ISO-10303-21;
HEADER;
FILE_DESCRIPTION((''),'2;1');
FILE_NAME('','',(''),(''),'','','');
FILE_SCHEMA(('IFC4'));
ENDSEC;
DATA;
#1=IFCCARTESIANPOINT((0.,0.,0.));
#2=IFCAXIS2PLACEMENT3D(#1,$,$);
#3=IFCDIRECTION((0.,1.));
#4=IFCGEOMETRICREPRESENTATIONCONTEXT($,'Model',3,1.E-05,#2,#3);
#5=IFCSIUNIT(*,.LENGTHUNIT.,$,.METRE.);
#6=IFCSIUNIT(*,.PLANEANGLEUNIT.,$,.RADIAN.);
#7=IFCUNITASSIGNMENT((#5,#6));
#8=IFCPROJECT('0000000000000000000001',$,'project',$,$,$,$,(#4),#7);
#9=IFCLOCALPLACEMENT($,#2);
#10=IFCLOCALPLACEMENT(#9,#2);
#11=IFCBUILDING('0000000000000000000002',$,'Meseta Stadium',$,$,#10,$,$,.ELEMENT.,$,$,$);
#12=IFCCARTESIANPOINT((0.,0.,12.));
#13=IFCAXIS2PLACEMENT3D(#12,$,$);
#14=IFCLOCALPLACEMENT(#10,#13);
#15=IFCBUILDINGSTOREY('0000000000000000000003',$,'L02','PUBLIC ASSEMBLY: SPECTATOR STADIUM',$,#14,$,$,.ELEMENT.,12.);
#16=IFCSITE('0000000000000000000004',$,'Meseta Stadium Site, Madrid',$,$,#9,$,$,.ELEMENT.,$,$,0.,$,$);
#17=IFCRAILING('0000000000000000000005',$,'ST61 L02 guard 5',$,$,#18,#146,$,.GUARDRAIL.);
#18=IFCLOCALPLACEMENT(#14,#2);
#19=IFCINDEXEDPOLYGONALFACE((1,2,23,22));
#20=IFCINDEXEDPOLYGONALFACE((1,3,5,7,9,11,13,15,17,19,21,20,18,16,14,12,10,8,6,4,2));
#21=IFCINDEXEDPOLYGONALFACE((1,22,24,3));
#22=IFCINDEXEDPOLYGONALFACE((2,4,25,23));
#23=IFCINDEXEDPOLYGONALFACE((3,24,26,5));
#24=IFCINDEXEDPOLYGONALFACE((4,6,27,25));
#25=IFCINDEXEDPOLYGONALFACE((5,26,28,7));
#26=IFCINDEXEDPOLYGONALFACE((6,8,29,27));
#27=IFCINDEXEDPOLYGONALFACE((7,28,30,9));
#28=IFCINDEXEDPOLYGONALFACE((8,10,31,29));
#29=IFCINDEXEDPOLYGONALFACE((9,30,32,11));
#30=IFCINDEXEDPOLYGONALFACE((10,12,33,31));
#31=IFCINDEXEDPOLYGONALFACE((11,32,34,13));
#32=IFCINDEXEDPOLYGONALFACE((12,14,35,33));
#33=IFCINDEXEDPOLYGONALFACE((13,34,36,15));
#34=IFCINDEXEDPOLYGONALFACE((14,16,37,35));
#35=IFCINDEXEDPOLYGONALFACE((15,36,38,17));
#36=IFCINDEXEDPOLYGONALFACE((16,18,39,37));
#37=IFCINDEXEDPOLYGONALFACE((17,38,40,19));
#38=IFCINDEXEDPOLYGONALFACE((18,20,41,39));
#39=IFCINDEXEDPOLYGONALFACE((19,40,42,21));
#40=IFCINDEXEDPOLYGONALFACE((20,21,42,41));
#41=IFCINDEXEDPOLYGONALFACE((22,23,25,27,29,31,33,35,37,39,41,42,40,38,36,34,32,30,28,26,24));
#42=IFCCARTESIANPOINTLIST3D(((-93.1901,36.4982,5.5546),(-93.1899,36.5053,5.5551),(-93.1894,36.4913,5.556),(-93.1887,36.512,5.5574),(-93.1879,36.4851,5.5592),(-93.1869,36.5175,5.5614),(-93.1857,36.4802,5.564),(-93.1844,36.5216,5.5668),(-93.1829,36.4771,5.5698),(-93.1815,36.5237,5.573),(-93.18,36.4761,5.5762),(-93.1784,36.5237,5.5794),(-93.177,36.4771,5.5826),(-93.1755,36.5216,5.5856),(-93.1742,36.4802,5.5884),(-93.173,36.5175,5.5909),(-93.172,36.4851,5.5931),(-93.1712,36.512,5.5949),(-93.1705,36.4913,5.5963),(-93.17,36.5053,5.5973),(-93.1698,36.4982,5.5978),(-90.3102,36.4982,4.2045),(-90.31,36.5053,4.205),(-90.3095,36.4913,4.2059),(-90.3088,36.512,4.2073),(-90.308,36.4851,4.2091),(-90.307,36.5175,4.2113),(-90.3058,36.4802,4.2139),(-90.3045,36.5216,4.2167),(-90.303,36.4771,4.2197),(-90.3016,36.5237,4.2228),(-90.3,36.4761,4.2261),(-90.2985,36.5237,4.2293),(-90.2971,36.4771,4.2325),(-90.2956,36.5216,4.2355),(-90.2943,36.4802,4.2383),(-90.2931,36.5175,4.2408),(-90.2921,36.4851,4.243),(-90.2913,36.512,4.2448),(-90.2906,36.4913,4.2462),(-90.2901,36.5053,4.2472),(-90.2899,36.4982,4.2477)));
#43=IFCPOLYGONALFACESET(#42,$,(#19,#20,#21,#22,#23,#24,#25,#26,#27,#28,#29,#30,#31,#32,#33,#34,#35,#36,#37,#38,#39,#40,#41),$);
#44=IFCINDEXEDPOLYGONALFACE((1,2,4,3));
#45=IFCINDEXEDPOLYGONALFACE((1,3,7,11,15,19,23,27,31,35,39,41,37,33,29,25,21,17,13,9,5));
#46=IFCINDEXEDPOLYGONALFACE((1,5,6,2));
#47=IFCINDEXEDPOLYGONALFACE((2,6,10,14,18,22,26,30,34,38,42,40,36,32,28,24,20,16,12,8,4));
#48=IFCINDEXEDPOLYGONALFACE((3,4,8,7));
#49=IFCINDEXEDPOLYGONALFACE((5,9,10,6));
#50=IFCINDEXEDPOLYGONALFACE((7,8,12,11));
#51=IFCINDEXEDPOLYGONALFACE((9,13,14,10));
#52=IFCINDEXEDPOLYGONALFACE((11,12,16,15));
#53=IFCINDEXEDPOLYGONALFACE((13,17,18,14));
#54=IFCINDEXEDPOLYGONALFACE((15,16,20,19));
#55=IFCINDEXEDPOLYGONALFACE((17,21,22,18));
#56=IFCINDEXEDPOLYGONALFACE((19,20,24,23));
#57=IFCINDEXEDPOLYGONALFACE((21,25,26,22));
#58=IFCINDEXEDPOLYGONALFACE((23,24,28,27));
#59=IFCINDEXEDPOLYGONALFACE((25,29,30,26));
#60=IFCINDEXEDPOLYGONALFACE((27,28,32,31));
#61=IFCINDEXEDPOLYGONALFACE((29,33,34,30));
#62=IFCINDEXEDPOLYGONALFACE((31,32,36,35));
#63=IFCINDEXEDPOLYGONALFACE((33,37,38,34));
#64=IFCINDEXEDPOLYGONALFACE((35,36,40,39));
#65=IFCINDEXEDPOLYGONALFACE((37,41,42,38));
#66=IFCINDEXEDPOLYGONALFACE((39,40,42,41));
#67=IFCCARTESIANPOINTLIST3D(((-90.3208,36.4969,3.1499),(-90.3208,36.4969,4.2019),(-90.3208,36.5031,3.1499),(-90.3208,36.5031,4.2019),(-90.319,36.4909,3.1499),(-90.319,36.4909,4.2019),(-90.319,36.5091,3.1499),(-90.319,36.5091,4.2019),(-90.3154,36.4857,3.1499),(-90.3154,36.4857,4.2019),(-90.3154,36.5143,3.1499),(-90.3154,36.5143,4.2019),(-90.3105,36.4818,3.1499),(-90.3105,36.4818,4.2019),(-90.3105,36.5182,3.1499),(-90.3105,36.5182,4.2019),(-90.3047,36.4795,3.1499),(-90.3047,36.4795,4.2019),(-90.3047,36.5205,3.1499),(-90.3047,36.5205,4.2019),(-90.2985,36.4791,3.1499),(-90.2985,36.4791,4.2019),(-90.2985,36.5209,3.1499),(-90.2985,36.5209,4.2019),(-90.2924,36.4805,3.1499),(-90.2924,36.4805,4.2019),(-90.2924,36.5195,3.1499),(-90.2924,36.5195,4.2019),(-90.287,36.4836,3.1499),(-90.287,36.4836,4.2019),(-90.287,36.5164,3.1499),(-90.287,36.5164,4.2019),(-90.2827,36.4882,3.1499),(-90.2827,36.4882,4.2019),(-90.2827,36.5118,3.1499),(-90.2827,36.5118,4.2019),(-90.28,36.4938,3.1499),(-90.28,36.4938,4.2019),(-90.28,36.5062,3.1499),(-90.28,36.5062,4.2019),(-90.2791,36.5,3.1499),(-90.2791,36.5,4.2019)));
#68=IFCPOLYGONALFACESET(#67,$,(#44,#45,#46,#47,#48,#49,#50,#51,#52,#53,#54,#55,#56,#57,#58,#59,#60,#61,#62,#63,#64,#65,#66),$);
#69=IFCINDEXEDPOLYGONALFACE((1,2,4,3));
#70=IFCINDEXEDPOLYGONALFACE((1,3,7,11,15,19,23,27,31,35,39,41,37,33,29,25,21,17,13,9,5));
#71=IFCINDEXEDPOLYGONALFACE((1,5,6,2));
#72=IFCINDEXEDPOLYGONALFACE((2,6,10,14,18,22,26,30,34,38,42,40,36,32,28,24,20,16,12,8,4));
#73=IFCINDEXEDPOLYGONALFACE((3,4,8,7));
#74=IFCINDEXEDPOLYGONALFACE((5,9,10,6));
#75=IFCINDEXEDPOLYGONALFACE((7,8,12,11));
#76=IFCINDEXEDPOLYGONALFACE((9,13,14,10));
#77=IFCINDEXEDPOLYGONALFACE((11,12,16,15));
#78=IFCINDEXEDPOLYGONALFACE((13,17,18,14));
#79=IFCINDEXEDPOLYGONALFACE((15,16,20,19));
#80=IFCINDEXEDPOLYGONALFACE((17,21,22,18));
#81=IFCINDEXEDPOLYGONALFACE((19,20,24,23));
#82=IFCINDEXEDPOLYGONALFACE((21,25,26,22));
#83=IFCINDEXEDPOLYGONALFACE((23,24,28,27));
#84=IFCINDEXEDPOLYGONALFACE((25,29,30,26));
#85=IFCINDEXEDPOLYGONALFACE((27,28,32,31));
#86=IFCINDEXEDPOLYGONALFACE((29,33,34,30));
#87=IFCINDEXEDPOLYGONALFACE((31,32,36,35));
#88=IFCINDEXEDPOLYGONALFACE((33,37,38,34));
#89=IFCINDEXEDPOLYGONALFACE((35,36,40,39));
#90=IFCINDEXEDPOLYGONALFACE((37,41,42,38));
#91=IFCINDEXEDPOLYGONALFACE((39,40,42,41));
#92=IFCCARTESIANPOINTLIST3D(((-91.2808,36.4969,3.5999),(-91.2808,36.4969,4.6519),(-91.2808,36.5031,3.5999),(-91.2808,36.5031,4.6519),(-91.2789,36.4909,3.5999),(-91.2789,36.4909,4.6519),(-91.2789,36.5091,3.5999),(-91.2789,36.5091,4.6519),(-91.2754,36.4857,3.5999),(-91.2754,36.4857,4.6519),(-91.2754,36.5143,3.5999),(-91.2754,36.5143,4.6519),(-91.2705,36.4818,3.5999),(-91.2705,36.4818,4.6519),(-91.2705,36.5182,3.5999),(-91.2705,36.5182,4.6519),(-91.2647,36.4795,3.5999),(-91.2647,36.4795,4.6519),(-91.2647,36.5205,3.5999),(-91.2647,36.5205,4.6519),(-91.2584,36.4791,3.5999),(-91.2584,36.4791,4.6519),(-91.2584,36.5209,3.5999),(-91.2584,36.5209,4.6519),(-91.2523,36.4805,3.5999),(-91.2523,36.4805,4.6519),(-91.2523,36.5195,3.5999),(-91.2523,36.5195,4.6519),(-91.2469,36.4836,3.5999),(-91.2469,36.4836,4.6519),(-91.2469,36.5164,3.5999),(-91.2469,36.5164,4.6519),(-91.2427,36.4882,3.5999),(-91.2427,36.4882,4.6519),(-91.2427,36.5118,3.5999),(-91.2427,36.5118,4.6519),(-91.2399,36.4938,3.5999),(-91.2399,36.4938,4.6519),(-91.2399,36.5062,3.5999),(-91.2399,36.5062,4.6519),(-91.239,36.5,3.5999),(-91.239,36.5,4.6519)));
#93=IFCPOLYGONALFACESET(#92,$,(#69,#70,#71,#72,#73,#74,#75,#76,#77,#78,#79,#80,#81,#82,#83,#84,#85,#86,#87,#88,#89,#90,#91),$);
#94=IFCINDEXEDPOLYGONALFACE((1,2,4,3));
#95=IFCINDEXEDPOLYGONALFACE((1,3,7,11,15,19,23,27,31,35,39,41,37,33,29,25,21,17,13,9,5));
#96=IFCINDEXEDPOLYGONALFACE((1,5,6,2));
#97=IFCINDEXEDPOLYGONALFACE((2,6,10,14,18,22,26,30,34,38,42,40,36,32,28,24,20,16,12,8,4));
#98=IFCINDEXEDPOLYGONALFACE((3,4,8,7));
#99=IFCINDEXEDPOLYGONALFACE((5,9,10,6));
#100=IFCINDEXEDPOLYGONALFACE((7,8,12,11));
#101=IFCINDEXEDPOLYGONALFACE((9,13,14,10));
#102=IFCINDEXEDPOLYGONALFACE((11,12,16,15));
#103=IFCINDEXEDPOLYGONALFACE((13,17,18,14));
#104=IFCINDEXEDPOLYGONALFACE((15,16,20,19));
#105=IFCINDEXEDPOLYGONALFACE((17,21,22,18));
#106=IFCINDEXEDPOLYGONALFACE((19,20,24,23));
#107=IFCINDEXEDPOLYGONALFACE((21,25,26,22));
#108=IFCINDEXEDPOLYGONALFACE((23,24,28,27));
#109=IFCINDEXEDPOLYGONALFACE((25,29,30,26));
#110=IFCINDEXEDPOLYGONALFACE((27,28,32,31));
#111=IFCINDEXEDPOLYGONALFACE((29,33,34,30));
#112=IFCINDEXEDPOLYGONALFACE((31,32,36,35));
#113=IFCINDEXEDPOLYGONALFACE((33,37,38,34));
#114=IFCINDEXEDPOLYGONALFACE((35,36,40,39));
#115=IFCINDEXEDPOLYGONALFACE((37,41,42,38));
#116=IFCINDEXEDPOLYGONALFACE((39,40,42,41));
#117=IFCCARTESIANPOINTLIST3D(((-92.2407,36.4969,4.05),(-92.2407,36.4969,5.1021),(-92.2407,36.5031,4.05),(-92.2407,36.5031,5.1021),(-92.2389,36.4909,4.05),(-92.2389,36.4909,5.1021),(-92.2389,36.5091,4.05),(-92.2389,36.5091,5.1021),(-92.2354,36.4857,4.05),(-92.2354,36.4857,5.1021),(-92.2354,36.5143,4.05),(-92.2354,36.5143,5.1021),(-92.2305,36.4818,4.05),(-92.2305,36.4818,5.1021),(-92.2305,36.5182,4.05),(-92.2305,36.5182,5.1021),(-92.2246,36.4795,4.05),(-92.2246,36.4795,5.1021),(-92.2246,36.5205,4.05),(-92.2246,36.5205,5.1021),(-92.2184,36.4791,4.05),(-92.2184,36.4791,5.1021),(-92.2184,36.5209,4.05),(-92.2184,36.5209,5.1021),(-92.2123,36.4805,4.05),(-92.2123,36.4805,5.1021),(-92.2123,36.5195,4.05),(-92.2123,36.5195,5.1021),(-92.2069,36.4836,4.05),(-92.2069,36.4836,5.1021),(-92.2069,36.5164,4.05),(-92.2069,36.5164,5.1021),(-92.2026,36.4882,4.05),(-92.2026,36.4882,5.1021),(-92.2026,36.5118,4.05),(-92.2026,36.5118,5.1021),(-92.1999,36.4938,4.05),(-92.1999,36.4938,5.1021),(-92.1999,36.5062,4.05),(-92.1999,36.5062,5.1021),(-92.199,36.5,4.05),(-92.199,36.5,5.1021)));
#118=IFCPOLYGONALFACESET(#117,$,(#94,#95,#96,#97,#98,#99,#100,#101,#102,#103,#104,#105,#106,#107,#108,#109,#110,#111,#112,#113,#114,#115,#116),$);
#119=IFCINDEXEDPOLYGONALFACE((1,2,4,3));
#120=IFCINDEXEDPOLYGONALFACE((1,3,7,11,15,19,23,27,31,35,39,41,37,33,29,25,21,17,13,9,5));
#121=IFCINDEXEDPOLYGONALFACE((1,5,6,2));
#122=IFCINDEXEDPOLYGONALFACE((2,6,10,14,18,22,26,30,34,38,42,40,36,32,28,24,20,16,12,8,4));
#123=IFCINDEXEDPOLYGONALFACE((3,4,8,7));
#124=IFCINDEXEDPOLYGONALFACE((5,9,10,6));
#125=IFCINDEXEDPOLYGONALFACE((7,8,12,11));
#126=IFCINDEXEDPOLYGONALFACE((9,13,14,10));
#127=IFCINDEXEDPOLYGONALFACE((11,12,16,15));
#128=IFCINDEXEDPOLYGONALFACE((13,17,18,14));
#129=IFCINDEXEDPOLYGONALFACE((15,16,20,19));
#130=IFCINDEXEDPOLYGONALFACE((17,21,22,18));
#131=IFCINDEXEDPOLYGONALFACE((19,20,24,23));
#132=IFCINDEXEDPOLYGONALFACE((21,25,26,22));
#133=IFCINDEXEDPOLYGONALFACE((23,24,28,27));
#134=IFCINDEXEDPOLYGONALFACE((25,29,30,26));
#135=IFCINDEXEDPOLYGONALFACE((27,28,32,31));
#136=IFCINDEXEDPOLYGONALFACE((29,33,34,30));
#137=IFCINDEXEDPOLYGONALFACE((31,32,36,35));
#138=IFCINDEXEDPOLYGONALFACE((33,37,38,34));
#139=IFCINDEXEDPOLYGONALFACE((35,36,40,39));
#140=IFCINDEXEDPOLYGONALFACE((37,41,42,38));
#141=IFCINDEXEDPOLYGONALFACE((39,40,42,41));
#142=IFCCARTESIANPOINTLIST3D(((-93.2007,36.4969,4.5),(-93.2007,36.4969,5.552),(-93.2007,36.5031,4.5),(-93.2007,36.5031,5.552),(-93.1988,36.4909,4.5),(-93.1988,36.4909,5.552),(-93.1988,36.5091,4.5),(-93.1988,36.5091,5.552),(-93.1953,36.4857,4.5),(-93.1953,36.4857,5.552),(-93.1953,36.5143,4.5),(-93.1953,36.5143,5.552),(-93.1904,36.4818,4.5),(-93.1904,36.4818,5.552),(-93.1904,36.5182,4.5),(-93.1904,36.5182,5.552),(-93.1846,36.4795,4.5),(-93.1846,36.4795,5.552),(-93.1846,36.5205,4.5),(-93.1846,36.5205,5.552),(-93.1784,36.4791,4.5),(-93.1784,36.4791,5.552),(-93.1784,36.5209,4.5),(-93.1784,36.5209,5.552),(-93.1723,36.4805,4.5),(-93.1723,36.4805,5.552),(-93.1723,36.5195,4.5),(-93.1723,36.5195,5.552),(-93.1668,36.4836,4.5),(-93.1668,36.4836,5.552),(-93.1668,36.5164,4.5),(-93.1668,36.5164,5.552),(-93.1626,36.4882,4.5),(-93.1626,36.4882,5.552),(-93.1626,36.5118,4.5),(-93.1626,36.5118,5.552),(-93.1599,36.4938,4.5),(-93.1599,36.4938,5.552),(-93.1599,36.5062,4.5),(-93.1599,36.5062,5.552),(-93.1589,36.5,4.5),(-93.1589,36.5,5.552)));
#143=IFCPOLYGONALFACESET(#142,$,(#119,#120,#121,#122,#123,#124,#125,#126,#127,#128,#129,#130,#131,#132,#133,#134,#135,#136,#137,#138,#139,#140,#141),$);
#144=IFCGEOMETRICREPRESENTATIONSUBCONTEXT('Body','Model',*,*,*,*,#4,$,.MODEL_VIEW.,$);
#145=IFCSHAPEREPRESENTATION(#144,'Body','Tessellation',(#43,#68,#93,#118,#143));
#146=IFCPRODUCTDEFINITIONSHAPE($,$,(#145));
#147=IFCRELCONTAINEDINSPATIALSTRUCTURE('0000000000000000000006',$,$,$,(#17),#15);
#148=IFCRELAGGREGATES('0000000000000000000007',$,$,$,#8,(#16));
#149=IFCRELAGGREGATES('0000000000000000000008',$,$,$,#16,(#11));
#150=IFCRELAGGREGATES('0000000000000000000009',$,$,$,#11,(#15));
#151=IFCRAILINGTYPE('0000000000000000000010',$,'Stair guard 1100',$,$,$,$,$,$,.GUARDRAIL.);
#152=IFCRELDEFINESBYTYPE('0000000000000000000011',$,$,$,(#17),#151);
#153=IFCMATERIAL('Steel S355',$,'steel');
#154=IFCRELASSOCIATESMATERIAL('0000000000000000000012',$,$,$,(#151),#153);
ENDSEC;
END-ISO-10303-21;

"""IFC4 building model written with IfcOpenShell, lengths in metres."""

from ifc_helpers import new_model, si_unit, direction, frame, origin, origin_2d, place, context, subcontext, project, spatial, circle, extrude, material, type_object, element, save


model = new_model("IFC4")

# Units and contexts
model_context = context("Model", 3, precision=1e-05, world=origin(), true_north=direction((0.0, 1.0)))
body_context = subcontext(model_context, "Body", "Model", "MODEL_VIEW")
ifc_project = project(units=[si_unit("LENGTHUNIT", "METRE"), si_unit("PLANEANGLEUNIT", "RADIAN")], contexts=[model_context])

# Site, building, storey
site_placement = place(None, origin())
site = spatial("IfcSite", under=ifc_project, at=site_placement, Name="Meseta Stadium Site, Madrid", CompositionType="ELEMENT", RefElevation=0.0)
building_placement = place(site_placement, origin())
building = spatial("IfcBuilding", under=site, at=building_placement, Name="Meseta Stadium", CompositionType="ELEMENT")
storey_placement = place(building_placement, frame((0.0, 0.0, 12.0)))
storey = spatial("IfcBuildingStorey", under=building, at=storey_placement, Name="L02", Description="PUBLIC ASSEMBLY: SPECTATOR STADIUM", CompositionType="ELEMENT", Elevation=12.0)

# Railing
ifc_material_1 = material(Name="Steel S355", Category="steel")
railing_type_1 = type_object("IfcRailingType", Name="Stair guard 1100", PredefinedType="GUARDRAIL", material=ifc_material_1)
railing_1_placement = place(storey_placement, frame((-90.3, 36.5, 3.1499)))
element("IfcRailing", 1, at=railing_1_placement, inside=storey, type_object=railing_type_1, Name="ST61 L02 guard 5", PredefinedType="GUARDRAIL", context=body_context, shape_type="SweptSolid", body=[
    extrude(circle(Radius=0.0239, at=origin_2d()), frame((0.0, 0.0, 1.0762), z_axis=(-0.90544, 0.0, 0.424473), x_axis=(0.0, -1.0, 0.0)), (0.0, 0.0, 1.0), 3.1807),
    extrude(circle(Radius=0.021, at=origin_2d()), origin(), (0.0, 0.0, 1.0), 1.052),
    extrude(circle(Radius=0.021, at=origin_2d()), frame((-0.96, 0.0, 0.45)), (0.0, 0.0, 1.0), 1.052),
    extrude(circle(Radius=0.021, at=origin_2d()), frame((-1.9199, 0.0, 0.9001)), (0.0, 0.0, 1.0), 1.052),
    extrude(circle(Radius=0.021, at=origin_2d()), frame((-2.8799, 0.0, 1.3501)), (0.0, 0.0, 1.0), 1.052),
])

save(model, "model.ifc")
